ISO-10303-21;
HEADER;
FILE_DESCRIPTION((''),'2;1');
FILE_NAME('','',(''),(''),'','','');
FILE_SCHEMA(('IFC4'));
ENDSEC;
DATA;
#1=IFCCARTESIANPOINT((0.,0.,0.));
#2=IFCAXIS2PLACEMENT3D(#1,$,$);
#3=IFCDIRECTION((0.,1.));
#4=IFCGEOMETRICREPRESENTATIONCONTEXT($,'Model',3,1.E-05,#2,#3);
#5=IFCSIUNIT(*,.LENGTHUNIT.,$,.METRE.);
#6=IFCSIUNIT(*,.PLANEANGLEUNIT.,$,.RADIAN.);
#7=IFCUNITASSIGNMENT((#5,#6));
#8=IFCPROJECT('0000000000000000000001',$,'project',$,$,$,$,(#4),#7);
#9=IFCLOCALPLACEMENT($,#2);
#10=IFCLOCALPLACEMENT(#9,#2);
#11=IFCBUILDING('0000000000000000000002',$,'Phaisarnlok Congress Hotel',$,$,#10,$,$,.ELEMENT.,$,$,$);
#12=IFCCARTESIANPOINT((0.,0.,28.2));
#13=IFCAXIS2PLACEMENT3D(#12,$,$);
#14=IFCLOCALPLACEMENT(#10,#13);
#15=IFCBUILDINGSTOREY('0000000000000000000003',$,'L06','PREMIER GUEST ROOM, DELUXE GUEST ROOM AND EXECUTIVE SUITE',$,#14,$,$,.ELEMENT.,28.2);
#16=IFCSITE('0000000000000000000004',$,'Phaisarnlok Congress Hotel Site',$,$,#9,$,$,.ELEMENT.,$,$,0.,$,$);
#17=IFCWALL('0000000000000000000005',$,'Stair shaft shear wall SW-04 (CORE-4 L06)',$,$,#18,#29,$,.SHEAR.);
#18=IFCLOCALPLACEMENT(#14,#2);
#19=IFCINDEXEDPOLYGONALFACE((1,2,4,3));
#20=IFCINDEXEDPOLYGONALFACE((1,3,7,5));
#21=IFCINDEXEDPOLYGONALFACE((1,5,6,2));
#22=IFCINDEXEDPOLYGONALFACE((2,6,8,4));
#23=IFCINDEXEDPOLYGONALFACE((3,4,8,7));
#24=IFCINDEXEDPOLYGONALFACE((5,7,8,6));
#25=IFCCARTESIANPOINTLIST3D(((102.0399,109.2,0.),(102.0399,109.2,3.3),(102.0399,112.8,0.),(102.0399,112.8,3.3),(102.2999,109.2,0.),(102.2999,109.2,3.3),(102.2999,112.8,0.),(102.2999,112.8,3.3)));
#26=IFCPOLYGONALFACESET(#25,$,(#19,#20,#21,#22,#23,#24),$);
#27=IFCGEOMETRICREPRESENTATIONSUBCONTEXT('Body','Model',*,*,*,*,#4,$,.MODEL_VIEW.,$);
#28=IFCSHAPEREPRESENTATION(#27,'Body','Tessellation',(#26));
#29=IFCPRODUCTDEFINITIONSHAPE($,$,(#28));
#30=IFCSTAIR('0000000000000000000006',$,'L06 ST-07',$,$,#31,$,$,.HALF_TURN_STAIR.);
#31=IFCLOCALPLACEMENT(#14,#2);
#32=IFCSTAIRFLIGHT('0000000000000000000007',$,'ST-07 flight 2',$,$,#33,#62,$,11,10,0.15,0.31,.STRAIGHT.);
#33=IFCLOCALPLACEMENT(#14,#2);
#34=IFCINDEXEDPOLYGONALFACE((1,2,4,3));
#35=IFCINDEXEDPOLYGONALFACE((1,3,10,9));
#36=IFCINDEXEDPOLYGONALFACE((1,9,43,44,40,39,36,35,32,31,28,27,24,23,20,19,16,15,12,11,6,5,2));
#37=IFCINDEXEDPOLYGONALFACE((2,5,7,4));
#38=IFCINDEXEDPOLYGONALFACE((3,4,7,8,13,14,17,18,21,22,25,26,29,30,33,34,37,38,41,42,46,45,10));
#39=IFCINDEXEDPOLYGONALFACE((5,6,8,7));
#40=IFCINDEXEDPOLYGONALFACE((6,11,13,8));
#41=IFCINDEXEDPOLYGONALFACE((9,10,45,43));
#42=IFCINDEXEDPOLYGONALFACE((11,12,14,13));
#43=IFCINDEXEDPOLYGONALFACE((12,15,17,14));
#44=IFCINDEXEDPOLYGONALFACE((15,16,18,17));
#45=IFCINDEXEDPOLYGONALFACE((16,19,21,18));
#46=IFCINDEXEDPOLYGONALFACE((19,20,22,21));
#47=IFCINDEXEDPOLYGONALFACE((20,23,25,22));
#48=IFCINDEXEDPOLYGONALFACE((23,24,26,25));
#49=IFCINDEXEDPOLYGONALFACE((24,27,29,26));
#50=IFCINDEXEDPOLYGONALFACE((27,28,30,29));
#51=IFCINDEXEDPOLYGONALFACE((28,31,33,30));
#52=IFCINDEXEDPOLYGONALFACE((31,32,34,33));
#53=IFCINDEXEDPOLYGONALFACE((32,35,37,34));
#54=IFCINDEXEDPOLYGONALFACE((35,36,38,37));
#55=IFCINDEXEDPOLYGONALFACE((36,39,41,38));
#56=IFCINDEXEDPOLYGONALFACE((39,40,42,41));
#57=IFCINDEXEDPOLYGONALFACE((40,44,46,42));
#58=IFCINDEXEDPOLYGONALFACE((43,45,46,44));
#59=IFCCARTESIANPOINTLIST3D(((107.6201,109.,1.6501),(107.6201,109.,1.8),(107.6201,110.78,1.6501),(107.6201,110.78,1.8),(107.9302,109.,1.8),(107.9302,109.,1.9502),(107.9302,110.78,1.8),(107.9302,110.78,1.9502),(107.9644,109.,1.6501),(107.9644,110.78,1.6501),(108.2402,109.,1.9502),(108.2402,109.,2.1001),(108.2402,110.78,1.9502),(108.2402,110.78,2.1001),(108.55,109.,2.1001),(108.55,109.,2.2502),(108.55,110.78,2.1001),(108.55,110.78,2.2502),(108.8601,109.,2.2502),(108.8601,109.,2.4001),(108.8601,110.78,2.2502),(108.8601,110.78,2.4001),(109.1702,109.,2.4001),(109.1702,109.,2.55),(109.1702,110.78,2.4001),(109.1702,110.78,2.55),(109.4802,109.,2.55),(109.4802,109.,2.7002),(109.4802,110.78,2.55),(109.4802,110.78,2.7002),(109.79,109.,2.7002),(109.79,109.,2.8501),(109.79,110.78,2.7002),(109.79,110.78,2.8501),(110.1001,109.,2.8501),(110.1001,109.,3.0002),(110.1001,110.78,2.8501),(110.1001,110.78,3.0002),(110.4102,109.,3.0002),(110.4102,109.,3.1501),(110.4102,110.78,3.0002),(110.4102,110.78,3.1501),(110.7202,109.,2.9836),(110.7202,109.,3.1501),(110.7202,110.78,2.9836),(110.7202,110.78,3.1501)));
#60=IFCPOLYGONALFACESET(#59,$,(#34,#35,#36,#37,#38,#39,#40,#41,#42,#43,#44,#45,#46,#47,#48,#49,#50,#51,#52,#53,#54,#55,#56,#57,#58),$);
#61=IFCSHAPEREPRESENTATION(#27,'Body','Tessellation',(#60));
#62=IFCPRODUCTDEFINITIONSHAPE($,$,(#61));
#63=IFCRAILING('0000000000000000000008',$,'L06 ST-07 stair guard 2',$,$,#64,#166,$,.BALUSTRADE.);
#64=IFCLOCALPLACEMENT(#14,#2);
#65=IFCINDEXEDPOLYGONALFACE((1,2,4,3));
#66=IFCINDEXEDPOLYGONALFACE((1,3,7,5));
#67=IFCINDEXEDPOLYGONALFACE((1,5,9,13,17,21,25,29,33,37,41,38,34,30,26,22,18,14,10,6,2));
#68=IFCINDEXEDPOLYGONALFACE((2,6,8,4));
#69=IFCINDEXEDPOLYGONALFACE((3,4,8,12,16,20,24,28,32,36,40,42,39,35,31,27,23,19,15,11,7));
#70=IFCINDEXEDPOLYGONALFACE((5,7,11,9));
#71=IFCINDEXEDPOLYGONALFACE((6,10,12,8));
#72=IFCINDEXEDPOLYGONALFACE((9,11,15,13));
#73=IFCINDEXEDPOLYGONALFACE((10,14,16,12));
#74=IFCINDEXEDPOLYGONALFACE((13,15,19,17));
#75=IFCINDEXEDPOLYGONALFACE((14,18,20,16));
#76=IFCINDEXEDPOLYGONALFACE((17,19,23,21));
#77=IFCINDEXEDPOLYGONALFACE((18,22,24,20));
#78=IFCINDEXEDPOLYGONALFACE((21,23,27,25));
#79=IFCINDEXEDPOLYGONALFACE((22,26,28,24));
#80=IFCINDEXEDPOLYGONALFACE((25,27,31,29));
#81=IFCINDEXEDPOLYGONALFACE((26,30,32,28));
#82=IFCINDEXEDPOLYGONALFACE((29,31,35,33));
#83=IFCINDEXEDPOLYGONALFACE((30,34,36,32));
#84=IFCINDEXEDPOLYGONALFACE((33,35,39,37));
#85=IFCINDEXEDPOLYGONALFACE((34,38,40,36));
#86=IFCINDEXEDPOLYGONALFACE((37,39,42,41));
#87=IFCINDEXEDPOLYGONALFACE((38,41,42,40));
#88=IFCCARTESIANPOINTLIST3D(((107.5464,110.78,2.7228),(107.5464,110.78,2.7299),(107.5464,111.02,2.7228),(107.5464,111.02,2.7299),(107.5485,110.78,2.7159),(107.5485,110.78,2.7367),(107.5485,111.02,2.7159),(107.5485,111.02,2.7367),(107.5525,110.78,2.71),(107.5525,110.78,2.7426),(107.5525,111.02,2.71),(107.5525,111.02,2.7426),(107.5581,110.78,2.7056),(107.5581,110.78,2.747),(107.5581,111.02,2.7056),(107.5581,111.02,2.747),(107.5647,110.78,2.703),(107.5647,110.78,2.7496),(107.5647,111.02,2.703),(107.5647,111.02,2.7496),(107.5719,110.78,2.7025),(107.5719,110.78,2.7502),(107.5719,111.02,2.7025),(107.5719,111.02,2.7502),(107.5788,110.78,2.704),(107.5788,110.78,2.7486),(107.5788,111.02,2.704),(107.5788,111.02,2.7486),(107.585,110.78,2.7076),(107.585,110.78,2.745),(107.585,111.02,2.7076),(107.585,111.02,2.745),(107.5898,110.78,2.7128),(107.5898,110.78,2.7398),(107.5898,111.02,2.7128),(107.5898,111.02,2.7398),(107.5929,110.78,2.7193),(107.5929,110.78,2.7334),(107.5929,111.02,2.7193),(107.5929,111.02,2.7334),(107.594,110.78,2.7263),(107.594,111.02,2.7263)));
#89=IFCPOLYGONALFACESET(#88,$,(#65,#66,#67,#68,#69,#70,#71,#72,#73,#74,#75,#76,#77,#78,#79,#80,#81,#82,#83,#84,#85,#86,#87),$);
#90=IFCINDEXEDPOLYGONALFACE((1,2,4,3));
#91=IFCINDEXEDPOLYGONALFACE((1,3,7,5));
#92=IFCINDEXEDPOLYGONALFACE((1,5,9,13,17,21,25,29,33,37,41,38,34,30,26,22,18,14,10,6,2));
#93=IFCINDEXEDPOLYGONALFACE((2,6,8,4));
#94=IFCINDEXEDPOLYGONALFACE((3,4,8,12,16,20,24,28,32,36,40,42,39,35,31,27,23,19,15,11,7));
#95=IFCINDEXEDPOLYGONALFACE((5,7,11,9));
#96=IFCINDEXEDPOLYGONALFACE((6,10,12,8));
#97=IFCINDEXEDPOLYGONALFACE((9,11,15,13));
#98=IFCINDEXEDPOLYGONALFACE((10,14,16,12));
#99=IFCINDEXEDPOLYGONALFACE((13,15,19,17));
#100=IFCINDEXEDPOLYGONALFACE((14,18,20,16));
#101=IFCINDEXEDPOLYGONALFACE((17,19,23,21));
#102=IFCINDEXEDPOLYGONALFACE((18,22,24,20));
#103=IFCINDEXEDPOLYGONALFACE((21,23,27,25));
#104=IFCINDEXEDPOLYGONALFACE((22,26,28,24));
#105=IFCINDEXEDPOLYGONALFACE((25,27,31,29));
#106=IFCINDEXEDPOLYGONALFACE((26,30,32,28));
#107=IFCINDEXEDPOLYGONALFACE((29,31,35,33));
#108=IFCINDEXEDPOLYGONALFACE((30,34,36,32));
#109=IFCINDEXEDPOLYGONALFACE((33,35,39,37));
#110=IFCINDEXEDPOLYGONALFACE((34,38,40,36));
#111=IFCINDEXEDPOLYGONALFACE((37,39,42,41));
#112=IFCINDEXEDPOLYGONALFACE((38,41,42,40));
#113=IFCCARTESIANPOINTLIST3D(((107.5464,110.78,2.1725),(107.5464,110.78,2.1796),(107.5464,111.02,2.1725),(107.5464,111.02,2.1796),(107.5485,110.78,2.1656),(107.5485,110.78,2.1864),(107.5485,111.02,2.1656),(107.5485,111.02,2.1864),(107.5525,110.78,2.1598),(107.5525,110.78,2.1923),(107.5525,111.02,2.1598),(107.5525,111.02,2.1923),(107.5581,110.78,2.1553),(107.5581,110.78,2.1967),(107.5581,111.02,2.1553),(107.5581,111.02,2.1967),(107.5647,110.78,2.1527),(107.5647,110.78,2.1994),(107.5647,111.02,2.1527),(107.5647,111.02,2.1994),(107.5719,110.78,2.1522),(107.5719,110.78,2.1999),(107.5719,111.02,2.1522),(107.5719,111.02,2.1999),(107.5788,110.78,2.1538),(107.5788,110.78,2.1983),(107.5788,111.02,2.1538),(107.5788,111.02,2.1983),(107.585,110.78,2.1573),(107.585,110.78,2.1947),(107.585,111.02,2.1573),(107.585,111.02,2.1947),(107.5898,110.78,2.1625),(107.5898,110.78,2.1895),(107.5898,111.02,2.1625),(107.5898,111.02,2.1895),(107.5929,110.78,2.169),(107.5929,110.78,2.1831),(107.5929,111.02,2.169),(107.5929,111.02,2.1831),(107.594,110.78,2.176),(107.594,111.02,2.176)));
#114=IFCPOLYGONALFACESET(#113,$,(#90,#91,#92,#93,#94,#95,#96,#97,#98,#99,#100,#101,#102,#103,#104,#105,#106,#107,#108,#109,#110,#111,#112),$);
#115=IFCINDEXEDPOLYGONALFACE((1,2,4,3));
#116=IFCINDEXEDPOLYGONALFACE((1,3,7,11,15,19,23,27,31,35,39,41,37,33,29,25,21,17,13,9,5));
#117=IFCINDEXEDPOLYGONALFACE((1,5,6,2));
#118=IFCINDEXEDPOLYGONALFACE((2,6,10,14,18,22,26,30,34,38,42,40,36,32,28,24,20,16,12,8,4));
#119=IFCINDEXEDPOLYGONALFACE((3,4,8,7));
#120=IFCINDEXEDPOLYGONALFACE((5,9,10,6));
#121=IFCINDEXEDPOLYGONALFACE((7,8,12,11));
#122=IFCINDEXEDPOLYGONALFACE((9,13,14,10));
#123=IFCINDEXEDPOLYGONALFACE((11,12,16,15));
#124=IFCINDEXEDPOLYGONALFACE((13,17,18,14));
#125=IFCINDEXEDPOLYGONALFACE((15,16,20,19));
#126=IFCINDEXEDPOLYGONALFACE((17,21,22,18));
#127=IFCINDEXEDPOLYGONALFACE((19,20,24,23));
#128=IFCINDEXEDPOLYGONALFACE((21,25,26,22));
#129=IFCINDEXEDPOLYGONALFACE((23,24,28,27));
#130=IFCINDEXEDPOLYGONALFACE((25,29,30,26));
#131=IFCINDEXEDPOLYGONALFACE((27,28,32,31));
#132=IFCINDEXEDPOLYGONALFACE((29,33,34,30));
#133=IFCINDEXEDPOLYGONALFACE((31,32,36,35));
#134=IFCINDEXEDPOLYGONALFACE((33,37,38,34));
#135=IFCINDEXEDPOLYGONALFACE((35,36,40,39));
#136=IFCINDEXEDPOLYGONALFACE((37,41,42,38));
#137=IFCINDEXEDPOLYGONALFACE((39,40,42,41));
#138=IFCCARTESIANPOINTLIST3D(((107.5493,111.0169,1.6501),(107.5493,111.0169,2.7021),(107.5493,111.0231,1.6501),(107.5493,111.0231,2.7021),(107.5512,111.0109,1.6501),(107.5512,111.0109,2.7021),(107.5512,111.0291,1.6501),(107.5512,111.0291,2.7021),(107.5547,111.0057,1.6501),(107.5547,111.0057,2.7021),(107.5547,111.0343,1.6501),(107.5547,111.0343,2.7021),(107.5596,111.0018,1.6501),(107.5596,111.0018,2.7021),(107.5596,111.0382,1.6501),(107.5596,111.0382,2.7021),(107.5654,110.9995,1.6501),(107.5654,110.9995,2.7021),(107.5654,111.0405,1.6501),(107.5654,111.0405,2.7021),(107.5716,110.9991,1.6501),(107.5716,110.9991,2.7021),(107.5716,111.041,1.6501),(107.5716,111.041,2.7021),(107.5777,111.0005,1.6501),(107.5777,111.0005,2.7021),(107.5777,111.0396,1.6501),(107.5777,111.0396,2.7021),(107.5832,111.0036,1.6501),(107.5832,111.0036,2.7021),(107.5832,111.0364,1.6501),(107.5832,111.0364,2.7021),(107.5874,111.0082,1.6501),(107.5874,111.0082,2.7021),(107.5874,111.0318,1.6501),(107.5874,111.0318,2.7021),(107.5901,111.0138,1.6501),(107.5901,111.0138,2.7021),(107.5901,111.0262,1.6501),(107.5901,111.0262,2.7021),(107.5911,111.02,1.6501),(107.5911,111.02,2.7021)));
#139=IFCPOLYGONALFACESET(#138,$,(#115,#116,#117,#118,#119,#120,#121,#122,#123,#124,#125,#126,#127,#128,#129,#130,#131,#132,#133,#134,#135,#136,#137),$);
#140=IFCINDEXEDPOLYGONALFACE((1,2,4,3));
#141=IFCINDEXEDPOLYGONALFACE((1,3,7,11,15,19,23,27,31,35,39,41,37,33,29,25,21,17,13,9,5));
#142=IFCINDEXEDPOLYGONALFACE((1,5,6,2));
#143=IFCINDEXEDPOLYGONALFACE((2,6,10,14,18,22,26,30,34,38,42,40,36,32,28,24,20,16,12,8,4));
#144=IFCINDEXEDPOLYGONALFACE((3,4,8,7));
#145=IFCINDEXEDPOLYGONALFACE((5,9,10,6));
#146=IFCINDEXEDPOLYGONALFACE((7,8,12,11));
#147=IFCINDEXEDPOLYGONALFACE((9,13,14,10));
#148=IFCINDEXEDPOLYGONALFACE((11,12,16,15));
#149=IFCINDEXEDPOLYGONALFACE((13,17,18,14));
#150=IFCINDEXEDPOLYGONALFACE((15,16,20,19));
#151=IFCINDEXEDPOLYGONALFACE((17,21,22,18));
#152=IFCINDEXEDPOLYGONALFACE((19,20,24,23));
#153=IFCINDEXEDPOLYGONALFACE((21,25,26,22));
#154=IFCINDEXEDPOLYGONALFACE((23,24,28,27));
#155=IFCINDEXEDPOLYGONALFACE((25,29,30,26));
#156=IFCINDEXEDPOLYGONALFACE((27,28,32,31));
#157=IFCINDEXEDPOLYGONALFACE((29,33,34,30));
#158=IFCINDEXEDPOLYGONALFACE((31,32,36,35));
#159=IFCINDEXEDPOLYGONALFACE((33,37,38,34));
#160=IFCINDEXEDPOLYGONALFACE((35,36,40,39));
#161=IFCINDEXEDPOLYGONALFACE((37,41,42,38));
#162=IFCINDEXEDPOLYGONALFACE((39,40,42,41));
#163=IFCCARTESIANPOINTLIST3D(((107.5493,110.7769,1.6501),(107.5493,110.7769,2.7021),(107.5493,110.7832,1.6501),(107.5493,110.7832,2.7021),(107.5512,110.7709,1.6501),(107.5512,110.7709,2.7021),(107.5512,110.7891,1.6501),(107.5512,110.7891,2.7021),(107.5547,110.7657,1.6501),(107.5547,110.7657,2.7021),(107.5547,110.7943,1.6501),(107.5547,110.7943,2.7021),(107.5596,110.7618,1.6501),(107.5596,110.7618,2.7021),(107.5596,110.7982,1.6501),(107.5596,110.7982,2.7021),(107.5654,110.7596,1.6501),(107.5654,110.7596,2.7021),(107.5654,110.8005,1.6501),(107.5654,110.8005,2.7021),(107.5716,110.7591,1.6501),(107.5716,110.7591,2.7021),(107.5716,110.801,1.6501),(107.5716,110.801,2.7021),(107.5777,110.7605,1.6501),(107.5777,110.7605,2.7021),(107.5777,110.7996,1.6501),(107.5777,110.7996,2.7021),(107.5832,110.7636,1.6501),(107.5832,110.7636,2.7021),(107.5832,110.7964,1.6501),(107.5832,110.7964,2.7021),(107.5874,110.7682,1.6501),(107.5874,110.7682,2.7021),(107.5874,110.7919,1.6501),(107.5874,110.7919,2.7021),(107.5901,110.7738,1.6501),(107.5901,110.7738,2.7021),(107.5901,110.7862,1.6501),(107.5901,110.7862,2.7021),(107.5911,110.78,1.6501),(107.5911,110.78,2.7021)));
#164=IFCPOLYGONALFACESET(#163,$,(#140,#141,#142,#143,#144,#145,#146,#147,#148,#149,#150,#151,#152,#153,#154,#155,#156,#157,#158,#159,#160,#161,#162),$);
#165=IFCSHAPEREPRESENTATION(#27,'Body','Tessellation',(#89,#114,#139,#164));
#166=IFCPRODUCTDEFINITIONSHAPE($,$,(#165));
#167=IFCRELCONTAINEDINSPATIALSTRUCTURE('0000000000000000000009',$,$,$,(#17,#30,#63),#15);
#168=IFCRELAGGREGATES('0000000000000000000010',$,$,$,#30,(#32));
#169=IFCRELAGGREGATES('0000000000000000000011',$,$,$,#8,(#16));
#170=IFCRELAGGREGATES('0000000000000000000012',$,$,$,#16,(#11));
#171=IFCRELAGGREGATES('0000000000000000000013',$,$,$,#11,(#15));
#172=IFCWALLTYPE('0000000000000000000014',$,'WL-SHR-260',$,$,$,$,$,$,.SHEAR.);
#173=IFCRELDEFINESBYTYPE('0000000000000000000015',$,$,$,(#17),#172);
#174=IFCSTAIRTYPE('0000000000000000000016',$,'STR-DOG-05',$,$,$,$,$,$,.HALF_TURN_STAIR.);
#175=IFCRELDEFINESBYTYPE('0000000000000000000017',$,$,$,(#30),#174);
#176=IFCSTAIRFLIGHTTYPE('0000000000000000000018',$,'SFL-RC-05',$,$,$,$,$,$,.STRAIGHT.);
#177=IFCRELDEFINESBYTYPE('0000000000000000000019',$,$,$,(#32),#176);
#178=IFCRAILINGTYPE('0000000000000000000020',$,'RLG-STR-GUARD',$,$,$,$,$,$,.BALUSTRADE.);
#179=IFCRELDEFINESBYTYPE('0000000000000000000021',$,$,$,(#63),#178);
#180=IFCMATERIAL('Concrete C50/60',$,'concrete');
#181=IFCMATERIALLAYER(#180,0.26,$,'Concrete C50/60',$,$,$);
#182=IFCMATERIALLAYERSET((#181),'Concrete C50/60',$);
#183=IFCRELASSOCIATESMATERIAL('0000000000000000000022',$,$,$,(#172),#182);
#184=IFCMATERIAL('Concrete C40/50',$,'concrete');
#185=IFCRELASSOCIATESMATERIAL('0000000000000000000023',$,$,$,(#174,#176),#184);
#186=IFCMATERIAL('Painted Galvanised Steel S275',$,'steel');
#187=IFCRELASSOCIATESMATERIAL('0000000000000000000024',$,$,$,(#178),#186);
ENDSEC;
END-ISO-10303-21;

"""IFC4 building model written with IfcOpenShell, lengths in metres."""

from ifc_helpers import new_model, si_unit, direction, frame, frame_2d, origin, origin_2d, place, context, subcontext, project, spatial, polyline, rectangle, circle, outline, extrude, material, layer, layer_set, type_object, element, aggregate, save


model = new_model("IFC4")

# Units and contexts
model_context = context("Model", 3, precision=1e-05, world=origin(), true_north=direction((0.0, 1.0)))
body_context = subcontext(model_context, "Body", "Model", "MODEL_VIEW")
ifc_project = project(units=[si_unit("LENGTHUNIT", "METRE"), si_unit("PLANEANGLEUNIT", "RADIAN")], contexts=[model_context])

# Site, building, storey
site_placement = place(None, origin())
site = spatial("IfcSite", under=ifc_project, at=site_placement, Name="Phaisarnlok Congress Hotel Site", CompositionType="ELEMENT", RefElevation=0.0)
building_placement = place(site_placement, origin())
building = spatial("IfcBuilding", under=site, at=building_placement, Name="Phaisarnlok Congress Hotel", CompositionType="ELEMENT")
storey_placement = place(building_placement, frame((0.0, 0.0, 28.2)))
storey = spatial("IfcBuildingStorey", under=building, at=storey_placement, Name="L06", Description="PREMIER GUEST ROOM, DELUXE GUEST ROOM AND EXECUTIVE SUITE", CompositionType="ELEMENT", Elevation=28.2)

# Shared definitions
ifc_material_1 = material(Name="Concrete C50/60", Category="concrete")

# Shared definitions
ifc_material_2 = material(Name="Concrete C40/50", Category="concrete")

# Wall
ifc_layer_1 = layer(ifc_material_1, 0.26, Name="Concrete C50/60")
ifc_layer_set_1 = layer_set([ifc_layer_1], Name="Concrete C50/60")
wall_type_1 = type_object("IfcWallType", Name="WL-SHR-260", PredefinedType="SHEAR", material=ifc_layer_set_1)
wall_1_placement = place(storey_placement, frame((102.1699, 109.2, 0.0), z_axis=(0.0, 0.0, 1.0), x_axis=(0.0, 1.0, 0.0)))
element("IfcWall", 1, at=wall_1_placement, inside=storey, type_object=wall_type_1, Name="Stair shaft shear wall SW-04 (CORE-4 L06)", PredefinedType="SHEAR", context=body_context, shape_type="SweptSolid", body=[
    extrude(rectangle(XDim=3.6001, YDim=0.26, at=frame_2d((1.8, 0.0))), origin(), (0.0, 0.0, 1.0), 3.3),
])

# Stair, stair flight
stair_type = type_object("IfcStairType", Name="STR-DOG-05", PredefinedType="HALF_TURN_STAIR", material=ifc_material_2)
stair_placement = place(storey_placement, origin())
stair = element("IfcStair", 2, at=stair_placement, inside=storey, type_object=stair_type, Name="L06 ST-07", PredefinedType="HALF_TURN_STAIR")
stair_flight_type = type_object("IfcStairFlightType", Name="SFL-RC-05", PredefinedType="STRAIGHT", material=ifc_material_2)
stair_flight_placement = place(storey_placement, frame((107.6201, 109.8899, 1.6501), z_axis=(0.0, 0.0, 1.0), x_axis=(1.0, 0.0, 0.0)))
stair_flight = element("IfcStairFlight", 3, at=stair_flight_placement, type_object=stair_flight_type, Name="ST-07 flight 2", NumberOfRisers=11, NumberOfTreads=10, PredefinedType="STRAIGHT", RiserHeight=0.15, TreadLength=0.31, context=body_context, shape_type="SweptSolid", body=[
    extrude(outline(polyline([(0.0, 0.0), (0.0, 0.1499), (0.3101, 0.1499), (0.3101, 0.3), (0.6201, 0.3), (0.6201, 0.45), (0.9299, 0.45), (0.9299, 0.6001), (1.24, 0.6001), (1.24, 0.75), (1.55, 0.75), (1.55, 0.8999), (1.8601, 0.8999), (1.8601, 1.05), (2.1699, 1.05), (2.1699, 1.2), (2.48, 1.2), (2.48, 1.3501), (2.79, 1.3501), (2.79, 1.5), (3.1001, 1.5), (3.1001, 1.6499), (3.1001, 1.3335), (0.3442, 0.0), (0.0, 0.0)])), frame((0.0, 0.8901, 0.0), z_axis=(0.0, -1.0, 0.0), x_axis=(1.0, 0.0, 0.0)), (0.0, 0.0, 1.0), 1.78),
])
aggregate(stair, [stair_flight])

# Railing
ifc_material_3 = material(Name="Painted Galvanised Steel S275", Category="steel")
railing_type = type_object("IfcRailingType", Name="RLG-STR-GUARD", PredefinedType="BALUSTRADE", material=ifc_material_3)
railing_1_placement = place(storey_placement, frame((107.5701, 111.02, 1.6501)))
element("IfcRailing", 4, at=railing_1_placement, inside=storey, type_object=railing_type, Name="L06 ST-07 stair guard 2", PredefinedType="BALUSTRADE", context=body_context, shape_type="SweptSolid", body=[
    extrude(circle(Radius=0.0239, at=origin_2d()), frame((0.0, 0.0, 1.0762), z_axis=(0.0, -1.0, 0.0), x_axis=(1.0, 0.0, 0.0)), (0.0, 0.0, 1.0), 0.24),
    extrude(circle(Radius=0.0239, at=origin_2d()), frame((0.0, 0.0, 0.5259), z_axis=(0.0, -1.0, 0.0), x_axis=(1.0, 0.0, 0.0)), (0.0, 0.0, 1.0), 0.24),
    extrude(circle(Radius=0.021, at=origin_2d()), origin(), (0.0, 0.0, 1.0), 1.052),
    extrude(circle(Radius=0.021, at=origin_2d()), frame((0.0, -0.24, 0.0)), (0.0, 0.0, 1.0), 1.052),
])

save(model, "model.ifc")
